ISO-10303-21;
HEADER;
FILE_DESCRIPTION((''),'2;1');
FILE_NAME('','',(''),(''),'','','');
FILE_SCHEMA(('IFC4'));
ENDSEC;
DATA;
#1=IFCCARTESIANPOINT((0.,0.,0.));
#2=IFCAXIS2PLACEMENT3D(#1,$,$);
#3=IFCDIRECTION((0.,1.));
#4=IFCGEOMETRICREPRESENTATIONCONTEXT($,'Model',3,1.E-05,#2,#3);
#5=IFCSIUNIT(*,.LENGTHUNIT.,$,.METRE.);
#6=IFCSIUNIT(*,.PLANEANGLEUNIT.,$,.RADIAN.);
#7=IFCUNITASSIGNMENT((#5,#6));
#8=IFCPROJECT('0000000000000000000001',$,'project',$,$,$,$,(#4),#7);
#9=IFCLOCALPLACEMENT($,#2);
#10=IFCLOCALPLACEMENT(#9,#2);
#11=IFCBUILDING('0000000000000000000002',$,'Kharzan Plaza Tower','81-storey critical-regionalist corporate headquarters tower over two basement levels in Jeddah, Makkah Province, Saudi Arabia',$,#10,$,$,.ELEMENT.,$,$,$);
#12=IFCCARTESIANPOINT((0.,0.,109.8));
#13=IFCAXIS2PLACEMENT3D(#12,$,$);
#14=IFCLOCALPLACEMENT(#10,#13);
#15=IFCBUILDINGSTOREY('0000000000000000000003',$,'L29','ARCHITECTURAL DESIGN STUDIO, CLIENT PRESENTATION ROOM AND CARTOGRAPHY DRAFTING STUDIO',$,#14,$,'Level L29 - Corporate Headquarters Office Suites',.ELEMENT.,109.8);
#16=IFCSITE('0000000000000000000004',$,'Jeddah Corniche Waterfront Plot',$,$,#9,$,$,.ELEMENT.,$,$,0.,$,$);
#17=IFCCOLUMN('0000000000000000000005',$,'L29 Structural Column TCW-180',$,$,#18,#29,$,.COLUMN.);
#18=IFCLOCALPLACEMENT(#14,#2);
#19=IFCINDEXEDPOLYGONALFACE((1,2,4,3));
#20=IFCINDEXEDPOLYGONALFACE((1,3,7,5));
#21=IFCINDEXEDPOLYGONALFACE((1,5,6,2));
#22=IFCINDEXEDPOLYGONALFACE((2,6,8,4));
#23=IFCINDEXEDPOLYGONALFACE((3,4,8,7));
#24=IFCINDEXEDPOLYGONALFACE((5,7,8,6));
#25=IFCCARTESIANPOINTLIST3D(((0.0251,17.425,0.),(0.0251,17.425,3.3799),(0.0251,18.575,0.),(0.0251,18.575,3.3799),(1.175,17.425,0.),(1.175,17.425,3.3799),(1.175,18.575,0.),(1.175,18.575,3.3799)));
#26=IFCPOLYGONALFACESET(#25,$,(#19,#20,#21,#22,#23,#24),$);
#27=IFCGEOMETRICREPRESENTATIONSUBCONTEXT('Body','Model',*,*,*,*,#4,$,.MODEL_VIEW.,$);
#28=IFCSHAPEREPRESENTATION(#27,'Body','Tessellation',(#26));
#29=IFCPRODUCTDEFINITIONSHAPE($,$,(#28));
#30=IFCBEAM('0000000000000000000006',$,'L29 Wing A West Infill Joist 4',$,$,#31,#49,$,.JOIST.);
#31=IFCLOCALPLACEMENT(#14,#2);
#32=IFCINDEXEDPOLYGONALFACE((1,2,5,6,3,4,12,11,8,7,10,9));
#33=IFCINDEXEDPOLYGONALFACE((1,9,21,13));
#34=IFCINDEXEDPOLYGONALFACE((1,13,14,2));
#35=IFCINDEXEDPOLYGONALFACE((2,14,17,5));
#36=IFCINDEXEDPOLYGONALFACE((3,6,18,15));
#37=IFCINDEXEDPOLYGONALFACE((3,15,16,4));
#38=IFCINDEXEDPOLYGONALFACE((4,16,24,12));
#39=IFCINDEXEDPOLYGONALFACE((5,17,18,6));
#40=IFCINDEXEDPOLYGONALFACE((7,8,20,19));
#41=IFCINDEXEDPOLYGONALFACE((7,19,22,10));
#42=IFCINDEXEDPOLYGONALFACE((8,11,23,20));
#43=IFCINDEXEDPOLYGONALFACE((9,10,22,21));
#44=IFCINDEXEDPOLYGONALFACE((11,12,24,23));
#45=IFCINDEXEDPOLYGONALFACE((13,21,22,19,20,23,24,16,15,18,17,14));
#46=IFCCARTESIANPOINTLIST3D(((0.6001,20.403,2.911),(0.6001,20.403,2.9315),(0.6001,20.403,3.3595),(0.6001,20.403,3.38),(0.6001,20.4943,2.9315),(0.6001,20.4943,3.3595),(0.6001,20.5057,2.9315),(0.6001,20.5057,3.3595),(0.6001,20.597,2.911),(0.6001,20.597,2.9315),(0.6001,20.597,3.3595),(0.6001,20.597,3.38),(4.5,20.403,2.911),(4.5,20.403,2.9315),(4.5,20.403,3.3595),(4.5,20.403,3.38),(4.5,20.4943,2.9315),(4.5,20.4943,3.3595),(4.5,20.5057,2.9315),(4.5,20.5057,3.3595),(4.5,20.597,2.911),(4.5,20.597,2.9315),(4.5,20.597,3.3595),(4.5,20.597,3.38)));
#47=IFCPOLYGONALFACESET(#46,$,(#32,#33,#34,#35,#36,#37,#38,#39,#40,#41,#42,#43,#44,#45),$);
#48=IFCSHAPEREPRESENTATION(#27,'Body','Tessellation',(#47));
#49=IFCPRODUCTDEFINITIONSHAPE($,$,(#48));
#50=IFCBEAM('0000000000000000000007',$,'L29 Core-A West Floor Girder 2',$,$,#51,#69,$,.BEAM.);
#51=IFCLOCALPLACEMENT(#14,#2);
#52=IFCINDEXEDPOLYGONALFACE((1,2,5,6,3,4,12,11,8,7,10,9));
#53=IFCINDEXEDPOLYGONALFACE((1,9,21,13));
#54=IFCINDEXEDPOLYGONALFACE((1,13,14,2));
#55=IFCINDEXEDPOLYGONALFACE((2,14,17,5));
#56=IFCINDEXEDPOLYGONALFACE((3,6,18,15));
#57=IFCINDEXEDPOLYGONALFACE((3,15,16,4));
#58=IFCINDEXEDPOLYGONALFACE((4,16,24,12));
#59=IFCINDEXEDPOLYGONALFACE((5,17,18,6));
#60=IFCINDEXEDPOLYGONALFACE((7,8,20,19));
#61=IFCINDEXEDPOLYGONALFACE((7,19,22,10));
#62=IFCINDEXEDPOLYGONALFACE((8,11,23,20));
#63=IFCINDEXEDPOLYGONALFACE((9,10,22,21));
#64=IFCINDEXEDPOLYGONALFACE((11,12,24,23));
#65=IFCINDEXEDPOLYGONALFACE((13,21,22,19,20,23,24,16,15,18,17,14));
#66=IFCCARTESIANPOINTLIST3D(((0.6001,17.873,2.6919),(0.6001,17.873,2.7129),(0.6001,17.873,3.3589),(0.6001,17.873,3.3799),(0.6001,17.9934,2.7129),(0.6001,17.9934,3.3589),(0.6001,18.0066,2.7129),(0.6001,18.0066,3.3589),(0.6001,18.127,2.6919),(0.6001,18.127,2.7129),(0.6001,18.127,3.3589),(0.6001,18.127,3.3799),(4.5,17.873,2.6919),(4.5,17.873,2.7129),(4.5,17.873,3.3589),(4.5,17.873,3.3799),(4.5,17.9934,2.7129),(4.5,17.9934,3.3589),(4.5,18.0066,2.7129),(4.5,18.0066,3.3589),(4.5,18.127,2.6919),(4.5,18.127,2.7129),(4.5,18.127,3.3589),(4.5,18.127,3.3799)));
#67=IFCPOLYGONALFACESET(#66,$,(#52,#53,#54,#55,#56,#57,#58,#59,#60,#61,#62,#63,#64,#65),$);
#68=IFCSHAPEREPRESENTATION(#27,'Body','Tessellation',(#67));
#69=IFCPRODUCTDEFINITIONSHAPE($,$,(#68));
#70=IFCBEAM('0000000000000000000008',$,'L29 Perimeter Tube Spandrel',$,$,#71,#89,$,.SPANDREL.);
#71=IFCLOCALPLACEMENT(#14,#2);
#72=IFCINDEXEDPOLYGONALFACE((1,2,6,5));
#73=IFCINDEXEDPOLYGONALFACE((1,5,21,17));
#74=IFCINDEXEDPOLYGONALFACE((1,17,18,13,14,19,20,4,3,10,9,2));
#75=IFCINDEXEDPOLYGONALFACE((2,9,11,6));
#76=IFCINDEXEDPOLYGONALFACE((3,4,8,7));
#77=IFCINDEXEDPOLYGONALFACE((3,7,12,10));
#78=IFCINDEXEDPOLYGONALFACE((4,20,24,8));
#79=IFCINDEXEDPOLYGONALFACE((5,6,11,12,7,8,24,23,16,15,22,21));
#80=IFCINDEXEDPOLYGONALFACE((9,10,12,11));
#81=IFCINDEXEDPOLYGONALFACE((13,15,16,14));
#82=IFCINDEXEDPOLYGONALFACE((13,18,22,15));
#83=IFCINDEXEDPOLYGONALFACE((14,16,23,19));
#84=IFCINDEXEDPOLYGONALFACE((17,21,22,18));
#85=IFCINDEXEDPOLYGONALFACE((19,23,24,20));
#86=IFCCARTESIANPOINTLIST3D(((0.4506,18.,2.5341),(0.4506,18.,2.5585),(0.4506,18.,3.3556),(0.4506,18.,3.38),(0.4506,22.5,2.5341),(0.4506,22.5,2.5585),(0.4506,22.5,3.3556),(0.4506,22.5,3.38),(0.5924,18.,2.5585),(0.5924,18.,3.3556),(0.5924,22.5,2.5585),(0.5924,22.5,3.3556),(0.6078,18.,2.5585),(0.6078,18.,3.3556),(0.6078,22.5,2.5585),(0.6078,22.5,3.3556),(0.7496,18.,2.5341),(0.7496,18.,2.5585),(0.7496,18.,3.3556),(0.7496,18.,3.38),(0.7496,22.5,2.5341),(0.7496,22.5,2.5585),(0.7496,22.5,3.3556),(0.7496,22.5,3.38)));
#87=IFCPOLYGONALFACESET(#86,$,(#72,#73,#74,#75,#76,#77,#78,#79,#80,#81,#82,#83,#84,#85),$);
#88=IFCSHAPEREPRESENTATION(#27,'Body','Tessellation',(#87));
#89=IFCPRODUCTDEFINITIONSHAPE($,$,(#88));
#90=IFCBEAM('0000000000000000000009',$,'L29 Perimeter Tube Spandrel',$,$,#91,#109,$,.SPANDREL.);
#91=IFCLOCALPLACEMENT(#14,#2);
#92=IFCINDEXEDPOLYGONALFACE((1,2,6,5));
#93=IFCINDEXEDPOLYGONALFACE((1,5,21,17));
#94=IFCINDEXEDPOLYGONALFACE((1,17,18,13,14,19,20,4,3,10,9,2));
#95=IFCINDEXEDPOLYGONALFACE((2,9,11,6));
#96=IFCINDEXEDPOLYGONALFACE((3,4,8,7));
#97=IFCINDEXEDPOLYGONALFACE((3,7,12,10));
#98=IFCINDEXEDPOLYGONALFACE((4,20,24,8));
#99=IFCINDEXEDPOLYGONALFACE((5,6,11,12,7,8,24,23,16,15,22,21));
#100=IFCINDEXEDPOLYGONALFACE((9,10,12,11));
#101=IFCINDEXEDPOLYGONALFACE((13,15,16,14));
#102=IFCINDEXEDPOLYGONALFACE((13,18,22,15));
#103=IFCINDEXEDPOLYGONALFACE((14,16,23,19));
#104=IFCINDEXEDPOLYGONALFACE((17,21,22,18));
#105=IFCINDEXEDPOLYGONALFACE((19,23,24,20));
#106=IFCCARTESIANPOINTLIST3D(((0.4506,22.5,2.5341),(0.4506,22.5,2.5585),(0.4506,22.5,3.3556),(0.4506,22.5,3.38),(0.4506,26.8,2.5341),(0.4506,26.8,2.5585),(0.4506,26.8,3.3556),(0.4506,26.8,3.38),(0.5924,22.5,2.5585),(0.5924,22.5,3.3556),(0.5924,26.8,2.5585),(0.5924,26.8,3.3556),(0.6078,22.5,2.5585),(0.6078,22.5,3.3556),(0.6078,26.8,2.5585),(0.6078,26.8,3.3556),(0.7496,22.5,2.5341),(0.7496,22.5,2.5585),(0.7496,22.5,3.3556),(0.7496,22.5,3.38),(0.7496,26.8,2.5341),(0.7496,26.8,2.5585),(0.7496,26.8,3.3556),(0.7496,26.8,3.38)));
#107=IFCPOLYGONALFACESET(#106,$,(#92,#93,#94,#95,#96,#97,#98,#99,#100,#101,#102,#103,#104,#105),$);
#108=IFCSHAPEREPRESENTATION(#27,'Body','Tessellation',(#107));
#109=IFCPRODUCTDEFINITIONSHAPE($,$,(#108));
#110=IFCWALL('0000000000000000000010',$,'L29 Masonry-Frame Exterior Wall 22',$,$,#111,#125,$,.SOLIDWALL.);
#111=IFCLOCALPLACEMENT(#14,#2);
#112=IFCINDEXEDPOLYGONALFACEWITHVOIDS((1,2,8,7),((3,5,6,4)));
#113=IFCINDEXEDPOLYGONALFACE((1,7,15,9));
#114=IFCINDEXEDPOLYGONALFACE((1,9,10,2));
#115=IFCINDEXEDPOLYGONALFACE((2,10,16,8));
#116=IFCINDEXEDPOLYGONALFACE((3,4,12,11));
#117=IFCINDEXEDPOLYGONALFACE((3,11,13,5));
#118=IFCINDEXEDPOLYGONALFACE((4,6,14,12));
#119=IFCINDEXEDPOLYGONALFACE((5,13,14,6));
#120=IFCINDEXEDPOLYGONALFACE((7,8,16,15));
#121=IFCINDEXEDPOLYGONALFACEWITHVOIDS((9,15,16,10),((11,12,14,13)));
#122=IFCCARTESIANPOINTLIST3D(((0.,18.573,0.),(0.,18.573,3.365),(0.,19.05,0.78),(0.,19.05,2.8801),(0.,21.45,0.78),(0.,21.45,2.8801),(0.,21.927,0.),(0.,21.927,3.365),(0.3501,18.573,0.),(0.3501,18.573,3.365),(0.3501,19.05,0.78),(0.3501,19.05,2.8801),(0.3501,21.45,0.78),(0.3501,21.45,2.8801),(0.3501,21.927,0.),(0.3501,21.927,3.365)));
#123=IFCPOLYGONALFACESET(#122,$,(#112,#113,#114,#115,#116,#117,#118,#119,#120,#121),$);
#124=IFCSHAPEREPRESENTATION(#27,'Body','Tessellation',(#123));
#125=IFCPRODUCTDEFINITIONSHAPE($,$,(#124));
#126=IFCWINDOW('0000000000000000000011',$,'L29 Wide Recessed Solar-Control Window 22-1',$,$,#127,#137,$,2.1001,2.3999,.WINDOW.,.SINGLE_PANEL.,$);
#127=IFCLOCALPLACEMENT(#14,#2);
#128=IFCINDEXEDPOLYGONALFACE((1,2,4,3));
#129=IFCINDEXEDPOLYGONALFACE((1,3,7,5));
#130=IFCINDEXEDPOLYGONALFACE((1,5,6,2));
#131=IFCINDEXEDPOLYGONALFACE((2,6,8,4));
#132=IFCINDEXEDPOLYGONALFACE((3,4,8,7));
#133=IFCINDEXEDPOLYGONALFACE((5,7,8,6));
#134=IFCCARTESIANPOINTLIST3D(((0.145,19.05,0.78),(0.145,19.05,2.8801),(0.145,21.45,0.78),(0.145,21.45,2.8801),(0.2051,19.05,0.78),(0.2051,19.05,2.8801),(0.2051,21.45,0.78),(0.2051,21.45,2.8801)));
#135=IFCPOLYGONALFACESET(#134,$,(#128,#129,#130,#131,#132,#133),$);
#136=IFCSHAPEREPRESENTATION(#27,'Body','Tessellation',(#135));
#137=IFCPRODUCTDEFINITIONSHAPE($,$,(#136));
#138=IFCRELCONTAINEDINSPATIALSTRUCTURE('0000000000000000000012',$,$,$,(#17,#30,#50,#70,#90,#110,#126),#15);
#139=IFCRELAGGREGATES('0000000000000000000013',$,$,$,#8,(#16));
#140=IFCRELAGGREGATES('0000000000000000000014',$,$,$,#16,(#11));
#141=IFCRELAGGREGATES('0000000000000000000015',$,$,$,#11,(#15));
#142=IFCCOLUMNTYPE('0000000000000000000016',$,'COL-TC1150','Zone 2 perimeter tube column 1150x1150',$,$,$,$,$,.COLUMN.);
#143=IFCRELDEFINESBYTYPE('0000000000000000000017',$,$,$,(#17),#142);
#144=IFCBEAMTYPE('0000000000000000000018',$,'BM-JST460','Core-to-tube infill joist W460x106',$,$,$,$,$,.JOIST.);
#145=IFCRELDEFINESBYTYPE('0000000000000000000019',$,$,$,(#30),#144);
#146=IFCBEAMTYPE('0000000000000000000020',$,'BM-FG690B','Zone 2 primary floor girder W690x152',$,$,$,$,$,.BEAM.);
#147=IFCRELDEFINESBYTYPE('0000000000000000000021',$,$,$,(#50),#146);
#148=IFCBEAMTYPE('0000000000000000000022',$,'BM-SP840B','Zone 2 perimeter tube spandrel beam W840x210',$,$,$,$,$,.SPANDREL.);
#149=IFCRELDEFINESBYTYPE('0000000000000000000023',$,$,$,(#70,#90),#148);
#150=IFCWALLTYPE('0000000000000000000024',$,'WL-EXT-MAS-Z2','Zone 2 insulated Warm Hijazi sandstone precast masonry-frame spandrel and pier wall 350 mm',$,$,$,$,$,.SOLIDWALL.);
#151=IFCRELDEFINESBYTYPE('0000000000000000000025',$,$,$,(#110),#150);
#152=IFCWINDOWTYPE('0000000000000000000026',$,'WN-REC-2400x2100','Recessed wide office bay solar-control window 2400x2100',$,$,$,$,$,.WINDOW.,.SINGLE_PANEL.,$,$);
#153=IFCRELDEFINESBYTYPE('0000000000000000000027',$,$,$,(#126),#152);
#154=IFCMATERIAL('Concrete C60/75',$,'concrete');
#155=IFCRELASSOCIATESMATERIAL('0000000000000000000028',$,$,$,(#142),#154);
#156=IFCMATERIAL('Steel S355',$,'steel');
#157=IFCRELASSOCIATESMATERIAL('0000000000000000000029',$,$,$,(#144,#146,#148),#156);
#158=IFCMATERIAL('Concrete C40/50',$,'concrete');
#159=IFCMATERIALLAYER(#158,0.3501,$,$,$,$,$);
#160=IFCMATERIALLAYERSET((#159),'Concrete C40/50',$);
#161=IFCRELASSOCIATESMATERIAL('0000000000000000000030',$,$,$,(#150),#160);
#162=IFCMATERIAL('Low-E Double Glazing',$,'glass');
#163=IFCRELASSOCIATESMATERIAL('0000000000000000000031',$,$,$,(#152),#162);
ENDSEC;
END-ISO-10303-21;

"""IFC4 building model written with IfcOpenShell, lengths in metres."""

from ifc_helpers import new_model, si_unit, direction, frame, frame_2d, origin, origin_2d, place, context, subcontext, project, spatial, rectangle, i_section, extrude, source, transform, mapped, material, layer, layer_set, material_profile, profile_set, type_object, element, fill, save


model = new_model("IFC4")

# Units and contexts
model_context = context("Model", 3, precision=1e-05, world=origin(), true_north=direction((0.0, 1.0)))
body_context = subcontext(model_context, "Body", "Model", "MODEL_VIEW")
ifc_project = project(units=[si_unit("LENGTHUNIT", "METRE"), si_unit("PLANEANGLEUNIT", "RADIAN")], contexts=[model_context])

# Site, building, storey
site_placement = place(None, origin())
site = spatial("IfcSite", under=ifc_project, at=site_placement, Name="Jeddah Corniche Waterfront Plot", CompositionType="ELEMENT", RefElevation=0.0)
building_placement = place(site_placement, origin())
building = spatial("IfcBuilding", under=site, at=building_placement, Name="Kharzan Plaza Tower", Description="81-storey critical-regionalist corporate headquarters tower over two basement levels in Jeddah, Makkah Province, Saudi Arabia", CompositionType="ELEMENT")
storey_placement = place(building_placement, frame((0.0, 0.0, 109.8)))
storey = spatial("IfcBuildingStorey", under=building, at=storey_placement, Name="L29", Description="ARCHITECTURAL DESIGN STUDIO, CLIENT PRESENTATION ROOM AND CARTOGRAPHY DRAFTING STUDIO", LongName="Level L29 - Corporate Headquarters Office Suites", CompositionType="ELEMENT", Elevation=109.8)

# Column
ifc_material_1 = material(Name="Concrete C60/75", Category="concrete")
ifc_material_profile_1 = material_profile(ifc_material_1, rectangle(XDim=1.1499, YDim=1.1499, at=origin_2d()), Name="RC-TC1150x1150")
ifc_profile_set_1 = profile_set([ifc_material_profile_1], Name="Concrete C60/75")
column_type = type_object("IfcColumnType", Name="COL-TC1150", Description="Zone 2 perimeter tube column 1150x1150", PredefinedType="COLUMN", material=ifc_profile_set_1)
shared_shape_1 = source(origin(), body_context, "Body", "SweptSolid", [
    extrude(rectangle(XDim=1.1499, YDim=1.1499, at=origin_2d()), origin(), (0.0, 0.0, 1.0), 3.3799),
])
column_placement = place(storey_placement, frame((0.6001, 18.0, 0.0), z_axis=(0.0, 0.0, 1.0), x_axis=(1.0, 0.0, 0.0)))
element("IfcColumn", 1, at=column_placement, inside=storey, type_object=column_type, Name="L29 Structural Column TCW-180", PredefinedType="COLUMN", context=body_context, shape_type="MappedRepresentation", body=[
    mapped(shared_shape_1, transform((0.0, 0.0, 0.0), x_axis=(1.0, 0.0, 0.0), y_axis=(0.0, 1.0, 0.0), z_axis=(0.0, 0.0, 1.0))),
])

# Beams
ifc_material_2 = material(Name="Steel S355", Category="steel")
ifc_material_profile_2 = material_profile(ifc_material_2, i_section(OverallWidth=0.1941, OverallDepth=0.469, WebThickness=0.0115, FlangeThickness=0.0205, at=origin_2d()), Name="W460x106")
ifc_profile_set_2 = profile_set([ifc_material_profile_2], Name="Steel S355")
beam_type_1 = type_object("IfcBeamType", Name="BM-JST460", Description="Core-to-tube infill joist W460x106", PredefinedType="JOIST", material=ifc_profile_set_2)
shared_shape_2 = source(origin(), body_context, "Body", "SweptSolid", [
    extrude(i_section(OverallWidth=0.1941, OverallDepth=0.469, WebThickness=0.0115, FlangeThickness=0.0205, at=origin_2d()), origin(), (0.0, 0.0, 1.0), 3.8999),
])
beam_1_placement = place(storey_placement, frame((0.6001, 20.5, 3.1455), z_axis=(1.0, 0.0, 0.0), x_axis=(0.0, 1.0, 0.0)))
element("IfcBeam", 2, at=beam_1_placement, inside=storey, type_object=beam_type_1, Name="L29 Wing A West Infill Joist 4", PredefinedType="JOIST", context=body_context, shape_type="MappedRepresentation", body=[
    mapped(shared_shape_2, transform((0.0, 0.0, 0.0), x_axis=(1.0, 0.0, 0.0), y_axis=(0.0, 1.0, 0.0), z_axis=(0.0, 0.0, 1.0))),
])
ifc_material_profile_3 = material_profile(ifc_material_2, i_section(OverallWidth=0.2539, OverallDepth=0.688, WebThickness=0.0132, FlangeThickness=0.021, at=origin_2d()), Name="W690x152")
ifc_profile_set_3 = profile_set([ifc_material_profile_3], Name="Steel S355")
beam_type_2 = type_object("IfcBeamType", Name="BM-FG690B", Description="Zone 2 primary floor girder W690x152", PredefinedType="BEAM", material=ifc_profile_set_3)
shared_shape_3 = source(origin(), body_context, "Body", "SweptSolid", [
    extrude(i_section(OverallWidth=0.2539, OverallDepth=0.688, WebThickness=0.0132, FlangeThickness=0.021, at=origin_2d()), origin(), (0.0, 0.0, 1.0), 3.8999),
])
beam_2_placement = place(storey_placement, frame((0.6001, 18.0, 3.0359), z_axis=(1.0, 0.0, 0.0), x_axis=(0.0, 1.0, 0.0)))
element("IfcBeam", 3, at=beam_2_placement, inside=storey, type_object=beam_type_2, Name="L29 Core-A West Floor Girder 2", PredefinedType="BEAM", context=body_context, shape_type="MappedRepresentation", body=[
    mapped(shared_shape_3, transform((0.0, 0.0, 0.0), x_axis=(1.0, 0.0, 0.0), y_axis=(0.0, 1.0, 0.0), z_axis=(0.0, 0.0, 1.0))),
])
ifc_material_profile_4 = material_profile(ifc_material_2, i_section(OverallWidth=0.2991, OverallDepth=0.8459, WebThickness=0.0154, FlangeThickness=0.0244, at=origin_2d()), Name="W840x210")
ifc_profile_set_4 = profile_set([ifc_material_profile_4], Name="Steel S355")
beam_type_3 = type_object("IfcBeamType", Name="BM-SP840B", Description="Zone 2 perimeter tube spandrel beam W840x210", PredefinedType="SPANDREL", material=ifc_profile_set_4)
shared_shape_4 = source(origin(), body_context, "Body", "SweptSolid", [
    extrude(i_section(OverallWidth=0.2991, OverallDepth=0.8459, WebThickness=0.0154, FlangeThickness=0.0244, at=origin_2d()), origin(), (0.0, 0.0, 1.0), 4.5),
])
beam_3_placement = place(storey_placement, frame((0.6001, 18.0, 2.957), z_axis=(0.0, 1.0, 0.0), x_axis=(-1.0, 0.0, 0.0)))
element("IfcBeam", 4, at=beam_3_placement, inside=storey, type_object=beam_type_3, Name="L29 Perimeter Tube Spandrel", PredefinedType="SPANDREL", context=body_context, shape_type="MappedRepresentation", body=[
    mapped(shared_shape_4, transform((0.0, 0.0, 0.0), x_axis=(1.0, 0.0, 0.0), y_axis=(0.0, 1.0, 0.0), z_axis=(0.0, 0.0, 1.0))),
])
shared_shape_5 = source(origin(), body_context, "Body", "SweptSolid", [
    extrude(i_section(OverallWidth=0.2991, OverallDepth=0.8459, WebThickness=0.0154, FlangeThickness=0.0244, at=origin_2d()), origin(), (0.0, 0.0, 1.0), 4.3),
])
beam_4_placement = place(storey_placement, frame((0.6001, 22.5, 2.957), z_axis=(0.0, 1.0, 0.0), x_axis=(-1.0, 0.0, 0.0)))
element("IfcBeam", 5, at=beam_4_placement, inside=storey, type_object=beam_type_3, Name="L29 Perimeter Tube Spandrel", PredefinedType="SPANDREL", context=body_context, shape_type="MappedRepresentation", body=[
    mapped(shared_shape_5, transform((0.0, 0.0, 0.0), x_axis=(1.0, 0.0, 0.0), y_axis=(0.0, 1.0, 0.0), z_axis=(0.0, 0.0, 1.0))),
])

# Wall, opening, window
ifc_material_3 = material(Name="Concrete C40/50", Category="concrete")
ifc_layer_1 = layer(ifc_material_3, 0.3501)
ifc_layer_set_1 = layer_set([ifc_layer_1], Name="Concrete C40/50")
wall_type_1 = type_object("IfcWallType", Name="WL-EXT-MAS-Z2", Description="Zone 2 insulated Warm Hijazi sandstone precast masonry-frame spandrel and pier wall 350 mm", PredefinedType="SOLIDWALL", material=ifc_layer_set_1)
wall_1_placement = place(storey_placement, frame((0.175, 21.927, 0.0), z_axis=(0.0, 0.0, 1.0), x_axis=(0.0, -1.0, 0.0)))
wall_1 = element("IfcWall", 6, at=wall_1_placement, inside=storey, type_object=wall_type_1, Name="L29 Masonry-Frame Exterior Wall 22", PredefinedType="SOLIDWALL", context=body_context, shape_type="SweptSolid", body=[
    extrude(rectangle(XDim=3.354, YDim=0.3501, at=frame_2d((1.677, 0.0))), origin(), (0.0, 0.0, 1.0), 3.365),
])
opening_1_placement = place(wall_1_placement, frame((0.4771, 0.0, 0.78)))
opening_1 = element("IfcOpeningElement", 7, at=opening_1_placement, cuts=wall_1, PredefinedType="OPENING", context=body_context, shape_type="SweptSolid", body=[
    extrude(rectangle(XDim=2.3999, YDim=2.1001, at=frame_2d((1.2, 1.05))), frame((0.0, 0.1851, 0.0), z_axis=(0.0, -1.0, 0.0), x_axis=(1.0, 0.0, 0.0)), (0.0, 0.0, 1.0), 0.3701),
])
ifc_material_4 = material(Name="Low-E Double Glazing", Category="glass")
window_type = type_object("IfcWindowType", Name="WN-REC-2400x2100", Description="Recessed wide office bay solar-control window 2400x2100", PartitioningType="SINGLE_PANEL", PredefinedType="WINDOW", material=ifc_material_4)
shared_shape_6 = source(origin(), body_context, "Body", "SweptSolid", [
    extrude(rectangle(XDim=2.3999, YDim=2.1001, at=frame_2d((1.2, 1.05))), frame((0.0, 0.03, 0.0), z_axis=(0.0, -1.0, 0.0), x_axis=(1.0, 0.0, 0.0)), (0.0, 0.0, 1.0), 0.0601),
])
window_placement = place(opening_1_placement, origin())
window = element("IfcWindow", 8, at=window_placement, inside=storey, type_object=window_type, Name="L29 Wide Recessed Solar-Control Window 22-1", OverallHeight=2.1001, OverallWidth=2.3999, PartitioningType="SINGLE_PANEL", PredefinedType="WINDOW", context=body_context, shape_type="MappedRepresentation", body=[
    mapped(shared_shape_6, transform((0.0, 0.0, 0.0), x_axis=(1.0, 0.0, 0.0), y_axis=(0.0, 1.0, 0.0), z_axis=(0.0, 0.0, 1.0))),
])
fill(opening_1, window)

save(model, "model.ifc")
